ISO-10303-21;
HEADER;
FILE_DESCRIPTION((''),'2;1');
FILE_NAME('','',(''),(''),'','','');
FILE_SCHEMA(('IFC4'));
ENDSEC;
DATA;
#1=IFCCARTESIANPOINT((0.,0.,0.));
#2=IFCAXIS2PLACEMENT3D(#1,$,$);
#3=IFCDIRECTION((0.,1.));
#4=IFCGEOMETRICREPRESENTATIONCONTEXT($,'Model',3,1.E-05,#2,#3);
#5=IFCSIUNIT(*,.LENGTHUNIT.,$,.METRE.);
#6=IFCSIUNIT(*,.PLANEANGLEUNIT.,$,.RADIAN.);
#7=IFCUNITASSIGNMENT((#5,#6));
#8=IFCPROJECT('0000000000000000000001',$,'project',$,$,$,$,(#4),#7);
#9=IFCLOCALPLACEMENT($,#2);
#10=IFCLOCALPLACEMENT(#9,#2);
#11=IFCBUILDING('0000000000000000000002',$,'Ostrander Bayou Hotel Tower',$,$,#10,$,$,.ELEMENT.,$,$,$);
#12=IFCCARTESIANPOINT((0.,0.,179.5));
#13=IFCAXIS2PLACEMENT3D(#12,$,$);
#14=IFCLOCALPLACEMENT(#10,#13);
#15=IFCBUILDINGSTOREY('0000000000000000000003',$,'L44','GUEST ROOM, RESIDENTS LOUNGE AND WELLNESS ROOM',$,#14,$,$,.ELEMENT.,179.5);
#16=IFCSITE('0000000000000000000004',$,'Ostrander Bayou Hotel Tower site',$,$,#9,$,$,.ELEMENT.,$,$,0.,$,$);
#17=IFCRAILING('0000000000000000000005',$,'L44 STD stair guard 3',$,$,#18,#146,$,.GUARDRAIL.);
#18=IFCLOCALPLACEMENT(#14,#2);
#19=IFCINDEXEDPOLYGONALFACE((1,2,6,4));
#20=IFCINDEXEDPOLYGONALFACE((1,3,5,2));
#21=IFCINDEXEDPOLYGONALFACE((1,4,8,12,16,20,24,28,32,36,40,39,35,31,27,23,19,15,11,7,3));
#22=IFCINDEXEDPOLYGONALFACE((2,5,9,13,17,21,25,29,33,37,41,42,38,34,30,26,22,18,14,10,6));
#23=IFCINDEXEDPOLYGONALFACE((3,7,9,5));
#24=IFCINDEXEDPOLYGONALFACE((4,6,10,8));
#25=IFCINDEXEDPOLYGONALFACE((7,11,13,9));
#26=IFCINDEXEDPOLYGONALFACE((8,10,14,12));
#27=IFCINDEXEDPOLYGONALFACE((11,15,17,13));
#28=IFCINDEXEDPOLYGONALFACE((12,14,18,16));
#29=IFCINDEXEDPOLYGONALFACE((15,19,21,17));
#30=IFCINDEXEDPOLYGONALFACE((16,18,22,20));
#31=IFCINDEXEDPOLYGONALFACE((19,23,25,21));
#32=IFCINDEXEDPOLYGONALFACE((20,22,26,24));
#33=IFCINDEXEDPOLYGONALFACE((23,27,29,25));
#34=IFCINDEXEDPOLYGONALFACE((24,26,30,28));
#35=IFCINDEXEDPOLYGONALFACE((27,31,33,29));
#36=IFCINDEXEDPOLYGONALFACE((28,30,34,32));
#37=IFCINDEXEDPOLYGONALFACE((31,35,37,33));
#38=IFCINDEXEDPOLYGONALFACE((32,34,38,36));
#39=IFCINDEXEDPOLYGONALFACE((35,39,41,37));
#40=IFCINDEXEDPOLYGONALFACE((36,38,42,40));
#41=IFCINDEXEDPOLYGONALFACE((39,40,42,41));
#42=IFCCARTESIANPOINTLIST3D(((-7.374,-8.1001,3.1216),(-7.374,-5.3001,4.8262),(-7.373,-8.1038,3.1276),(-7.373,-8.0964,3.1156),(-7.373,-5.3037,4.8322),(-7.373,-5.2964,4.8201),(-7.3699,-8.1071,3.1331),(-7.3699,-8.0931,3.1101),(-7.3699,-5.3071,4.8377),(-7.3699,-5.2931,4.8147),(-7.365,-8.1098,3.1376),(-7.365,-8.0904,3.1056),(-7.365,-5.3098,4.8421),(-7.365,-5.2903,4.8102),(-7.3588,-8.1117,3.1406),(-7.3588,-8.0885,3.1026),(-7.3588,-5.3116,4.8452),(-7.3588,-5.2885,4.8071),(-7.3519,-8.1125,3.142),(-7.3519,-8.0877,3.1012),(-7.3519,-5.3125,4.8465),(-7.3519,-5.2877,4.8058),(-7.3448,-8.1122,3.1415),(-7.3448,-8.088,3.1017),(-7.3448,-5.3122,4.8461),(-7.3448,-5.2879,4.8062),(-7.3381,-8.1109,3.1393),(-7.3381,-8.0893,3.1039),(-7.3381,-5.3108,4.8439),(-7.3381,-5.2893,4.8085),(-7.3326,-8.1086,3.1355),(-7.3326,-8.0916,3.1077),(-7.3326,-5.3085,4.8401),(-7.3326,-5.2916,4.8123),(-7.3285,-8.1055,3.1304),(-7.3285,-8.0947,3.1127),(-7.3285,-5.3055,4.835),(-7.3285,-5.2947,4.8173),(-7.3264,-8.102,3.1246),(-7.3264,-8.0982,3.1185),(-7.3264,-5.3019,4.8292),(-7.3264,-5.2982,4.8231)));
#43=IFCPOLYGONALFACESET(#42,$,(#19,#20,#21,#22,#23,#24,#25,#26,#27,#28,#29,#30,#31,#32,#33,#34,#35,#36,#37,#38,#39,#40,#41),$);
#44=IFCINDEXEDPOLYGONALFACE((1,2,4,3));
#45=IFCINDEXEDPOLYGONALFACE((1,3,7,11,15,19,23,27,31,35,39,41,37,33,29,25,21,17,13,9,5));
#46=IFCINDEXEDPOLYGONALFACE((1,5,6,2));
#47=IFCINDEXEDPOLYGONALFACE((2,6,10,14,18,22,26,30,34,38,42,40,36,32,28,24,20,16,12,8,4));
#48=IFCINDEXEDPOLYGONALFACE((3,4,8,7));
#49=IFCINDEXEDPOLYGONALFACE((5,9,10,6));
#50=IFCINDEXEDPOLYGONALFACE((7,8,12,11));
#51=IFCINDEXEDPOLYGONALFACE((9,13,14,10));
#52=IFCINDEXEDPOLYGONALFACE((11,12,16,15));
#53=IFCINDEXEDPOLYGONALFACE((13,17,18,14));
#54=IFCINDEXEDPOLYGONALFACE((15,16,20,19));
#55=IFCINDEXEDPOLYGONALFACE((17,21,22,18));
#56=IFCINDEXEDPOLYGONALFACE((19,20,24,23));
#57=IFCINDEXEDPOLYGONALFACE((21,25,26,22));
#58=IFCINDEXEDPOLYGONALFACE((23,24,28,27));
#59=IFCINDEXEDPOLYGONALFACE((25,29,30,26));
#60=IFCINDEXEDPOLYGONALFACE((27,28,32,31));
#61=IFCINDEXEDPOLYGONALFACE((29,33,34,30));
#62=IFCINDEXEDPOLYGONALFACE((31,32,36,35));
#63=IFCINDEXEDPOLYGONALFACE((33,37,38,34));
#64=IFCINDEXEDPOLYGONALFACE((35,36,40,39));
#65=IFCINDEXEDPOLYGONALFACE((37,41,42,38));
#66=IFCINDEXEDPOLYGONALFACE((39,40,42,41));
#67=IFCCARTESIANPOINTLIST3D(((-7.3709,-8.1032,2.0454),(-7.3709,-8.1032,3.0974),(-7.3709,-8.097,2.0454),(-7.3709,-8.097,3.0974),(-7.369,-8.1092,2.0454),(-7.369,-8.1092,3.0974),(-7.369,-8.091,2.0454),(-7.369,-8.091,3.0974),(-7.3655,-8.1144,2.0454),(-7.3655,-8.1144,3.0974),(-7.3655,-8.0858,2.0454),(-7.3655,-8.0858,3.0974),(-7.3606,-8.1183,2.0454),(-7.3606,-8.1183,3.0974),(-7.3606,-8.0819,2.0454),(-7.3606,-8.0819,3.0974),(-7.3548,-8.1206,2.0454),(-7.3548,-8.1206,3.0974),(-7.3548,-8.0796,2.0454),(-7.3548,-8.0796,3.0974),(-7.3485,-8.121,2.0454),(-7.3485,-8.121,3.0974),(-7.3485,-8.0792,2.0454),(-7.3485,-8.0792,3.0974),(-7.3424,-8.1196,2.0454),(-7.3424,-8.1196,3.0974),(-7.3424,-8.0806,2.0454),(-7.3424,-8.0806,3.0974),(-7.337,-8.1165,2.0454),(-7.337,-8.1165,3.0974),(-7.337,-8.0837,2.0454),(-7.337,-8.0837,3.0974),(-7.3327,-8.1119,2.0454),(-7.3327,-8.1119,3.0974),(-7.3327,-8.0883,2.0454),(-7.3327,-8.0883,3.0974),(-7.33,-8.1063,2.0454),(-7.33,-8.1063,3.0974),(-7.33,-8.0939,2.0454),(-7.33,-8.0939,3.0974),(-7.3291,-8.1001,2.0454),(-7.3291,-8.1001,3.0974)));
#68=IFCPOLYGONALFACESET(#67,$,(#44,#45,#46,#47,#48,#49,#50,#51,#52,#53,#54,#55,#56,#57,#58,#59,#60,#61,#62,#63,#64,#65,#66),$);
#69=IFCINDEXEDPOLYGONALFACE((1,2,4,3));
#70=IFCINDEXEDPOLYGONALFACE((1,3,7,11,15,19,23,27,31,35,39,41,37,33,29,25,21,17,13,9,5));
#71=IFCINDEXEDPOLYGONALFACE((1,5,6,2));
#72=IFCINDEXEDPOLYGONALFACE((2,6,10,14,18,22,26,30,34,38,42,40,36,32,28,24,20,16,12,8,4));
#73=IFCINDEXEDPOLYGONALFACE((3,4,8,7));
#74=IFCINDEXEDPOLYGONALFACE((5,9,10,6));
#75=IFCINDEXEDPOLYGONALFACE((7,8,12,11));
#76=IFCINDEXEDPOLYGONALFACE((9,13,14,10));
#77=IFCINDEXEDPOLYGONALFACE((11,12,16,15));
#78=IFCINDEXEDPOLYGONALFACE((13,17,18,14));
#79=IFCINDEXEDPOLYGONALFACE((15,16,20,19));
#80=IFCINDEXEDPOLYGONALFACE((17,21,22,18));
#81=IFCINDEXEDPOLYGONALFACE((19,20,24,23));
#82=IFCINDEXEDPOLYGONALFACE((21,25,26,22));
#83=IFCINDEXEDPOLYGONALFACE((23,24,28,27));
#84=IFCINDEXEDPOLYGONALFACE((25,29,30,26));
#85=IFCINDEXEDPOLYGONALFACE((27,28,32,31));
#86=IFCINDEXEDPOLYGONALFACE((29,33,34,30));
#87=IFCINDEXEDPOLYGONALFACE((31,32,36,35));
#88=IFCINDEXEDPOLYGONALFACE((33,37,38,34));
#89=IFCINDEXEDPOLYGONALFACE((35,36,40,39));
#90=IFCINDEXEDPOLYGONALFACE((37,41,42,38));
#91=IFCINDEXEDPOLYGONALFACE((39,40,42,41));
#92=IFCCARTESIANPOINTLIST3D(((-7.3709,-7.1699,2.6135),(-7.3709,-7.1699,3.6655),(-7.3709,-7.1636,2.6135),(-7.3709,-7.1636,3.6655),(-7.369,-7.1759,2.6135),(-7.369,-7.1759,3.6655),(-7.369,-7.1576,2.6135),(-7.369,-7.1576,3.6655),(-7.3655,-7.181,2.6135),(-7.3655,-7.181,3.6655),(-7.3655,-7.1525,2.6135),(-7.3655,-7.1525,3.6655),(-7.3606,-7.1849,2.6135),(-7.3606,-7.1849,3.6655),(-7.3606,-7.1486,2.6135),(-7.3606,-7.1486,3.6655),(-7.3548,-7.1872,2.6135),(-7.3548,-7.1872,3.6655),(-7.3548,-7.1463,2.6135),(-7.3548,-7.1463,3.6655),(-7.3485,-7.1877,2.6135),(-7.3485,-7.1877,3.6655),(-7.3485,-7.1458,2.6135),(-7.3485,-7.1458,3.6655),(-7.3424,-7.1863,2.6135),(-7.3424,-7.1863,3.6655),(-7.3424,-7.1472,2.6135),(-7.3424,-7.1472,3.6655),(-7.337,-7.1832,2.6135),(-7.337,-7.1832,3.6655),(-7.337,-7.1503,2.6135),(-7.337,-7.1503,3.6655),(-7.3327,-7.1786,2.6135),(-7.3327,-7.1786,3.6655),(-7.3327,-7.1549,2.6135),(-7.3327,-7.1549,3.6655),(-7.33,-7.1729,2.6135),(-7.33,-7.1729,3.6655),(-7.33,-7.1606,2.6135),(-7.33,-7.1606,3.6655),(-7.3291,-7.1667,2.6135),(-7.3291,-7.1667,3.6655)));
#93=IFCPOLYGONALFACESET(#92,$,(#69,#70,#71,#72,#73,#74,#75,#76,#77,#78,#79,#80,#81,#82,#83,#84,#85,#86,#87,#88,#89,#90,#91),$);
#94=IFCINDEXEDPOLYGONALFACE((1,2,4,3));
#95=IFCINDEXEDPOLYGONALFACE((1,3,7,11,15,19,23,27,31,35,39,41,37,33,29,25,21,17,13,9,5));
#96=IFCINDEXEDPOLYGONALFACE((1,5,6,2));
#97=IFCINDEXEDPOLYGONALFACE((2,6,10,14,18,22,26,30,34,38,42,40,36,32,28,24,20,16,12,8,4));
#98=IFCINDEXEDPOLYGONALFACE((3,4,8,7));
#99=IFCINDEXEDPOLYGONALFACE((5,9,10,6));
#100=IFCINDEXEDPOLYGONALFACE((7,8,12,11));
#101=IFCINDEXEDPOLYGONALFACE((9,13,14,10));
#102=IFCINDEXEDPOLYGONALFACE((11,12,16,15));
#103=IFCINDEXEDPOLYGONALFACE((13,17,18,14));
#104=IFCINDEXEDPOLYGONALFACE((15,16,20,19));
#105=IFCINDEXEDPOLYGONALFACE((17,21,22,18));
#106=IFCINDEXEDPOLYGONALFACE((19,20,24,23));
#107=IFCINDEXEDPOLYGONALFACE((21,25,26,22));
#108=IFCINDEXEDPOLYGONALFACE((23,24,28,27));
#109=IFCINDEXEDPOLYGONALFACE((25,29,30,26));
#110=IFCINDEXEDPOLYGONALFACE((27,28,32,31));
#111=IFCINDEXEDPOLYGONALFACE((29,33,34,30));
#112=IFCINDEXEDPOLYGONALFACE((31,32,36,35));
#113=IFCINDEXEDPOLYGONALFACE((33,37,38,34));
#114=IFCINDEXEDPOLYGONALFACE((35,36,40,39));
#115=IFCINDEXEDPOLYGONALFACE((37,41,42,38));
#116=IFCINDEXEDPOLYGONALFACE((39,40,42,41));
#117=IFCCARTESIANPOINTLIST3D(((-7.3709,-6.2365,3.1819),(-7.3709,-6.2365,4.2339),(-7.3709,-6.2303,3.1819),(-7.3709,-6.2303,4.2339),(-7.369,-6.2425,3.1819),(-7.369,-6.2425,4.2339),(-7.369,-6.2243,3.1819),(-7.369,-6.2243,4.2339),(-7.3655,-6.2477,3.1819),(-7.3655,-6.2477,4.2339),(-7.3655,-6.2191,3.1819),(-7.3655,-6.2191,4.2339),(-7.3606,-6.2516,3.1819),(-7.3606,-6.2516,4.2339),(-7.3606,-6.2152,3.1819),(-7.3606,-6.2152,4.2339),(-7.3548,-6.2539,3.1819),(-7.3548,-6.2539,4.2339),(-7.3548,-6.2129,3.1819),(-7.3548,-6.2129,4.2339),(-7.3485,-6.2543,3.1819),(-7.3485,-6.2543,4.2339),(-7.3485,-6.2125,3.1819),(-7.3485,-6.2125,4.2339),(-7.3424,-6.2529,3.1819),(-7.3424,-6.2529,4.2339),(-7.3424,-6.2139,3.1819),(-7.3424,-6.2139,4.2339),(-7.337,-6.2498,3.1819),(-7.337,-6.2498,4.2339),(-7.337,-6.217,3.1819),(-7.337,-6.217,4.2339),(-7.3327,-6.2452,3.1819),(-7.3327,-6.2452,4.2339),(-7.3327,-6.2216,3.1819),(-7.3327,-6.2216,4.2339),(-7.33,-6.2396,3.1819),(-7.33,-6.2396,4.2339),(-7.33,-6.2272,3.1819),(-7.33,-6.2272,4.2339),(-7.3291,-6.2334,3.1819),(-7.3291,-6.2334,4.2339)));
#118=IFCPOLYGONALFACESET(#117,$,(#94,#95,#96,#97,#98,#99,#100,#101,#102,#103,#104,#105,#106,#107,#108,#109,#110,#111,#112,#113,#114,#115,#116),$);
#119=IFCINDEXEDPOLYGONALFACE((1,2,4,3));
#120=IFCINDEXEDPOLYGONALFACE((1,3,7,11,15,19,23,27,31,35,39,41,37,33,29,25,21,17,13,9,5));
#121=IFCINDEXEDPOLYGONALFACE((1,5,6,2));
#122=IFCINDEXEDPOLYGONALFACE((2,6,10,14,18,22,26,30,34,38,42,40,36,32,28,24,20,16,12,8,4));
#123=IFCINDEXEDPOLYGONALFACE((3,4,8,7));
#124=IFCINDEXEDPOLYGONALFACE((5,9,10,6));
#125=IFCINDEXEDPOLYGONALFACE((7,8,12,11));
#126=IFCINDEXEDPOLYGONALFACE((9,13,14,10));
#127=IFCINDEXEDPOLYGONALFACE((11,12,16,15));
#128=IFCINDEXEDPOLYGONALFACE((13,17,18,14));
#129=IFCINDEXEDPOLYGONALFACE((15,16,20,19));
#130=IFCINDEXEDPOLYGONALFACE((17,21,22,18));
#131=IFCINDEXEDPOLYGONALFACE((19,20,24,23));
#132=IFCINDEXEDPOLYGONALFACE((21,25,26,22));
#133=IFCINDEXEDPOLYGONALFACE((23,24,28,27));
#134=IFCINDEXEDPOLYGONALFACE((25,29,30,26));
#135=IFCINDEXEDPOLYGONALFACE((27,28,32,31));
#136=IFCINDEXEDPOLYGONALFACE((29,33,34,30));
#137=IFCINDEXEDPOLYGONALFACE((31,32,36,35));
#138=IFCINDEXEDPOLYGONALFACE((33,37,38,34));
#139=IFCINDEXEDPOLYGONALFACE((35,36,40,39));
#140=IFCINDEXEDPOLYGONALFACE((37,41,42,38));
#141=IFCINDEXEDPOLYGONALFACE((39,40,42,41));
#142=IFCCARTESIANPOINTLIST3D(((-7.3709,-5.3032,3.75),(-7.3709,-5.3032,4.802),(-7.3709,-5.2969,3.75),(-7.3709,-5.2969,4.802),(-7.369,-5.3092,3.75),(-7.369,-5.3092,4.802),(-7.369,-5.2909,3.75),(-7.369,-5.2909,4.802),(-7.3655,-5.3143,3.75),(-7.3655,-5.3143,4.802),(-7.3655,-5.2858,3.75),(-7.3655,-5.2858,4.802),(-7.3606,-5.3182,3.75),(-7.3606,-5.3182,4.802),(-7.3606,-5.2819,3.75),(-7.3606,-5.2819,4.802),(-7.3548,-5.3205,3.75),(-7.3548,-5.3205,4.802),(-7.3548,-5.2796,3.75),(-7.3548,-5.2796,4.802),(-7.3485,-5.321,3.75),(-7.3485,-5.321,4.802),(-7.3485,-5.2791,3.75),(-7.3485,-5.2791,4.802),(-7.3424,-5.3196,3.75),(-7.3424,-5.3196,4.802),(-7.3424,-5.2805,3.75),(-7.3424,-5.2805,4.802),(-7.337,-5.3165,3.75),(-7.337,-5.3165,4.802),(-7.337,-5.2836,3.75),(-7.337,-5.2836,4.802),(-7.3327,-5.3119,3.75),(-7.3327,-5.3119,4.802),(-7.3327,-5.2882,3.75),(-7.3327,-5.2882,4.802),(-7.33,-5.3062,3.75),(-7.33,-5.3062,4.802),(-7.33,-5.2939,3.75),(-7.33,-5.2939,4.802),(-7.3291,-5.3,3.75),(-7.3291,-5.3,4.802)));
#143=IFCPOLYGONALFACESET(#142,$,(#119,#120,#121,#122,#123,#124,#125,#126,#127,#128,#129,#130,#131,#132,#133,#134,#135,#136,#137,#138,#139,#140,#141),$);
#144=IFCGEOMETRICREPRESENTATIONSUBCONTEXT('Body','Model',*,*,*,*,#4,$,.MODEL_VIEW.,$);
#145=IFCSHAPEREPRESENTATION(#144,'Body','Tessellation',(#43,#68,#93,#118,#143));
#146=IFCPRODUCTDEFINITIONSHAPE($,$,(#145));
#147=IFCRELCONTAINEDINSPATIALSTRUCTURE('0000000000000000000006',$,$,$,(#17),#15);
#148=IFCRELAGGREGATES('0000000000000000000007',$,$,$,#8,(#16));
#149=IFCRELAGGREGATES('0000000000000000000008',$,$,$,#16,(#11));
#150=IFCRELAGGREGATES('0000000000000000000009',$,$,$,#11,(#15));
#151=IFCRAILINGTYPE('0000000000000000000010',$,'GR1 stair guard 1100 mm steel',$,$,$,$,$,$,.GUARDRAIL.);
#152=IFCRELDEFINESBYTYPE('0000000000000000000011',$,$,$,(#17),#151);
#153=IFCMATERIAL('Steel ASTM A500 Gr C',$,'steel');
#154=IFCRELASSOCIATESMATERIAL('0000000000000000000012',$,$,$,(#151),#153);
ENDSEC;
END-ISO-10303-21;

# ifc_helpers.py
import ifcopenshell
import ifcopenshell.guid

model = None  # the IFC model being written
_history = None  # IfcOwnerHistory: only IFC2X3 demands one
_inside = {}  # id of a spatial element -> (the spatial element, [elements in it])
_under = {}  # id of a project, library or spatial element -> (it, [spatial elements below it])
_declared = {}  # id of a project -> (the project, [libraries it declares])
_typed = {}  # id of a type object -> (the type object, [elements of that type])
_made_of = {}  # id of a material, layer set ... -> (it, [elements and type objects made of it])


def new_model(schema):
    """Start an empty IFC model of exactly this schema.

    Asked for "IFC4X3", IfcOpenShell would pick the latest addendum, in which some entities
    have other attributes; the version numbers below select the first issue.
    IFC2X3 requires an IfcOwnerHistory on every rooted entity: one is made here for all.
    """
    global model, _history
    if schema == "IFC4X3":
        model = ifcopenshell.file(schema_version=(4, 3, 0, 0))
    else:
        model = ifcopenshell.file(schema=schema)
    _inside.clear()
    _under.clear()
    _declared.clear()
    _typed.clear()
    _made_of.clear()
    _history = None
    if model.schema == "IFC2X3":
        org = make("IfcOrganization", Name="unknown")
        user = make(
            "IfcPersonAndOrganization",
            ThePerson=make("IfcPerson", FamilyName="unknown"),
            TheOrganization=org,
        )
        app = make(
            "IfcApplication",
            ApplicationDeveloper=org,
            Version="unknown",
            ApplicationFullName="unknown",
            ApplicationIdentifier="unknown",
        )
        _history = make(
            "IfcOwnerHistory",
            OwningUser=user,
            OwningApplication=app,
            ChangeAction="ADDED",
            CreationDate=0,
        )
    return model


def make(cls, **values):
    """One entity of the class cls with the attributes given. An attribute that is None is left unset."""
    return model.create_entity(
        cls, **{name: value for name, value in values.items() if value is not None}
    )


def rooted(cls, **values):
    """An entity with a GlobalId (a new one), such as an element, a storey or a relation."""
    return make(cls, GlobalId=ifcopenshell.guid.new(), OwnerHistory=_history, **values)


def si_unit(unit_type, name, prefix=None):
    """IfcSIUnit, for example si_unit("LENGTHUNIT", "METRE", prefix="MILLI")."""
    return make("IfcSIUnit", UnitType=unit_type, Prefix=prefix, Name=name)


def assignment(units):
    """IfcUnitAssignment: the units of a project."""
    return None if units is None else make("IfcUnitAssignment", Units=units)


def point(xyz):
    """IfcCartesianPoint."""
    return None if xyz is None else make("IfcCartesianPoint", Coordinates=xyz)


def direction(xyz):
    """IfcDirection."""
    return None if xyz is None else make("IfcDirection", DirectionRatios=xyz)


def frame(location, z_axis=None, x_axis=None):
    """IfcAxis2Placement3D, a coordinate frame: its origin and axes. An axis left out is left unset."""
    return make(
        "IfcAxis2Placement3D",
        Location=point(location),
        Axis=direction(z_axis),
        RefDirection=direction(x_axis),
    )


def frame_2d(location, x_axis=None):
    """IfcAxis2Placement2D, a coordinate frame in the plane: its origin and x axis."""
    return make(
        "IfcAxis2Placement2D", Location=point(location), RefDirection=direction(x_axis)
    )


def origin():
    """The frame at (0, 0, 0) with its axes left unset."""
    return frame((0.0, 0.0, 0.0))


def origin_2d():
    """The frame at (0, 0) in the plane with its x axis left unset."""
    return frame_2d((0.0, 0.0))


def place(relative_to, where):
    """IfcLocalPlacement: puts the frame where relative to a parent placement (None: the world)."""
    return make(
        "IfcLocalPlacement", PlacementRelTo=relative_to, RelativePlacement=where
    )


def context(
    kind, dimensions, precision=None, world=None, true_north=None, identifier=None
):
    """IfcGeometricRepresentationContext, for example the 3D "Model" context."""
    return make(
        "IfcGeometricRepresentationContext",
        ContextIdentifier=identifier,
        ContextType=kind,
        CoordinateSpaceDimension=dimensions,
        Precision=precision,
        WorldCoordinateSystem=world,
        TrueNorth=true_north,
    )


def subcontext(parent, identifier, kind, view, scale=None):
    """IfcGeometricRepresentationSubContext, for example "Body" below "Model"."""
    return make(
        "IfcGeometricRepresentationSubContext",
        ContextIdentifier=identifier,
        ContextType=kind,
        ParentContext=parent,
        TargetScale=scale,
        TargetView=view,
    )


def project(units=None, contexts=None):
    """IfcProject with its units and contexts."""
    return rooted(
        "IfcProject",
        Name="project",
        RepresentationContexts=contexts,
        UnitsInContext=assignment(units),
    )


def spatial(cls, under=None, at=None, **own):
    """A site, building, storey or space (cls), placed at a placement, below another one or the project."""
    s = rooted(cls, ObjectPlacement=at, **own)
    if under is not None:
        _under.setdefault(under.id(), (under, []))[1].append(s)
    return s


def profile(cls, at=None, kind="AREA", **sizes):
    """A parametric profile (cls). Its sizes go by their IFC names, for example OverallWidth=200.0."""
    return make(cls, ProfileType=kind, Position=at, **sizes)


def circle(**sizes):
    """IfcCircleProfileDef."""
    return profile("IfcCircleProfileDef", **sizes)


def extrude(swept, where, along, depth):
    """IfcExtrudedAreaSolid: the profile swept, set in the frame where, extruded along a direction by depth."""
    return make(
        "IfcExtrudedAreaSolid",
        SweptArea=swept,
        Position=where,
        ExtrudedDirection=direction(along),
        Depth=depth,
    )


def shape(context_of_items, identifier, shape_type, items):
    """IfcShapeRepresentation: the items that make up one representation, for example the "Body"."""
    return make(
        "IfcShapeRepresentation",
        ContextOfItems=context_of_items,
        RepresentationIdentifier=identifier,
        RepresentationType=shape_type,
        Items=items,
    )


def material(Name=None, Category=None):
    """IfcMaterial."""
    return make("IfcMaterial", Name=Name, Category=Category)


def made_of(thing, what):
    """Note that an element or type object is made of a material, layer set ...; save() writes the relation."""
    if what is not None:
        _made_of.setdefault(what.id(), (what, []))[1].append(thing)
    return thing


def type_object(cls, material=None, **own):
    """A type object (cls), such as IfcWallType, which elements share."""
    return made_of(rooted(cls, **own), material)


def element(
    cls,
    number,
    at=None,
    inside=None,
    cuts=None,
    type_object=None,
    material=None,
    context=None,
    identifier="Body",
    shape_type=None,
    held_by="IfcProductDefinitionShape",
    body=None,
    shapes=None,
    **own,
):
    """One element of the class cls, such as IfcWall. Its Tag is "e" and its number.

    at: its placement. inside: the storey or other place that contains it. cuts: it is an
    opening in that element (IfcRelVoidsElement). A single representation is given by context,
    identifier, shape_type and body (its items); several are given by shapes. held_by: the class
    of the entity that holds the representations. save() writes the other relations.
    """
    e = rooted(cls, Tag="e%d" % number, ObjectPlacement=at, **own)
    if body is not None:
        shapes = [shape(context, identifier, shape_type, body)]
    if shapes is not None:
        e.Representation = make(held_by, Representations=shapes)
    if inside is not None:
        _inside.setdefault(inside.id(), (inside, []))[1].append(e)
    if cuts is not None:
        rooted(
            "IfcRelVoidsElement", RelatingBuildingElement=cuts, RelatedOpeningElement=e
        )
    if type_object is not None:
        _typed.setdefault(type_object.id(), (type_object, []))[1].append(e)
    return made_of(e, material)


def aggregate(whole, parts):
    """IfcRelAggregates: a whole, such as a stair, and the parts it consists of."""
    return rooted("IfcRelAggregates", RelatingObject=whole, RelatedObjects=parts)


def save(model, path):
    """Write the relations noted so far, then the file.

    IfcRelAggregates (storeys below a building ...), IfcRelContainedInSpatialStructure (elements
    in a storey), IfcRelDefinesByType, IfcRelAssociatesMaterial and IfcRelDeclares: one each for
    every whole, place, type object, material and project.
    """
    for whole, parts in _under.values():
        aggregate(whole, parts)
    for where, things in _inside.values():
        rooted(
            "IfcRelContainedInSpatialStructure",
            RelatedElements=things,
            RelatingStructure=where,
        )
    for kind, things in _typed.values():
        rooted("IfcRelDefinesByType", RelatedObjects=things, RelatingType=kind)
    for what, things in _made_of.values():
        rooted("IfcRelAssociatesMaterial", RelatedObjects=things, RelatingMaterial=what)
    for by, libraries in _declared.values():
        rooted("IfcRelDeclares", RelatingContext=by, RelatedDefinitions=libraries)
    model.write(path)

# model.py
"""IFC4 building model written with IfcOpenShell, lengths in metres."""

from ifc_helpers import new_model, si_unit, direction, frame, origin, origin_2d, place, context, subcontext, project, spatial, circle, extrude, material, type_object, element, save


model = new_model("IFC4")

# Units and contexts
model_context = context("Model", 3, precision=1e-05, world=origin(), true_north=direction((0.0, 1.0)))
body_context = subcontext(model_context, "Body", "Model", "MODEL_VIEW")
ifc_project = project(units=[si_unit("LENGTHUNIT", "METRE"), si_unit("PLANEANGLEUNIT", "RADIAN")], contexts=[model_context])

# Site, building, storey
site_placement = place(None, origin())
site = spatial("IfcSite", under=ifc_project, at=site_placement, Name="Ostrander Bayou Hotel Tower site", CompositionType="ELEMENT", RefElevation=0.0)
building_placement = place(site_placement, origin())
building = spatial("IfcBuilding", under=site, at=building_placement, Name="Ostrander Bayou Hotel Tower", CompositionType="ELEMENT")
storey_placement = place(building_placement, frame((0.0, 0.0, 179.5)))
storey = spatial("IfcBuildingStorey", under=building, at=storey_placement, Name="L44", Description="GUEST ROOM, RESIDENTS LOUNGE AND WELLNESS ROOM", CompositionType="ELEMENT", Elevation=179.5)

# Railing
ifc_material_1 = material(Name="Steel ASTM A500 Gr C", Category="steel")
railing_type = type_object("IfcRailingType", Name="GR1 stair guard 1100 mm steel", PredefinedType="GUARDRAIL", material=ifc_material_1)
railing_1_placement = place(storey_placement, frame((-7.3501, -8.1001, 2.0454)))
element("IfcRailing", 1, at=railing_1_placement, inside=storey, type_object=railing_type, Name="L44 STD stair guard 3", PredefinedType="GUARDRAIL", context=body_context, shape_type="SweptSolid", body=[
    extrude(circle(Radius=0.0239, at=origin_2d()), frame((0.0, 0.0, 1.0762), z_axis=(0.0, 0.85417, 0.519994), x_axis=(-1.0, 0.0, 0.0)), (0.0, 0.0, 1.0), 3.2781),
    extrude(circle(Radius=0.021, at=origin_2d()), origin(), (0.0, 0.0, 1.0), 1.052),
    extrude(circle(Radius=0.021, at=origin_2d()), frame((0.0, 0.9333, 0.5681)), (0.0, 0.0, 1.0), 1.052),
    extrude(circle(Radius=0.021, at=origin_2d()), frame((0.0, 1.8667, 1.1365)), (0.0, 0.0, 1.0), 1.052),
    extrude(circle(Radius=0.021, at=origin_2d()), frame((0.0, 2.8, 1.7046)), (0.0, 0.0, 1.0), 1.052),
])

save(model, "model.ifc")
